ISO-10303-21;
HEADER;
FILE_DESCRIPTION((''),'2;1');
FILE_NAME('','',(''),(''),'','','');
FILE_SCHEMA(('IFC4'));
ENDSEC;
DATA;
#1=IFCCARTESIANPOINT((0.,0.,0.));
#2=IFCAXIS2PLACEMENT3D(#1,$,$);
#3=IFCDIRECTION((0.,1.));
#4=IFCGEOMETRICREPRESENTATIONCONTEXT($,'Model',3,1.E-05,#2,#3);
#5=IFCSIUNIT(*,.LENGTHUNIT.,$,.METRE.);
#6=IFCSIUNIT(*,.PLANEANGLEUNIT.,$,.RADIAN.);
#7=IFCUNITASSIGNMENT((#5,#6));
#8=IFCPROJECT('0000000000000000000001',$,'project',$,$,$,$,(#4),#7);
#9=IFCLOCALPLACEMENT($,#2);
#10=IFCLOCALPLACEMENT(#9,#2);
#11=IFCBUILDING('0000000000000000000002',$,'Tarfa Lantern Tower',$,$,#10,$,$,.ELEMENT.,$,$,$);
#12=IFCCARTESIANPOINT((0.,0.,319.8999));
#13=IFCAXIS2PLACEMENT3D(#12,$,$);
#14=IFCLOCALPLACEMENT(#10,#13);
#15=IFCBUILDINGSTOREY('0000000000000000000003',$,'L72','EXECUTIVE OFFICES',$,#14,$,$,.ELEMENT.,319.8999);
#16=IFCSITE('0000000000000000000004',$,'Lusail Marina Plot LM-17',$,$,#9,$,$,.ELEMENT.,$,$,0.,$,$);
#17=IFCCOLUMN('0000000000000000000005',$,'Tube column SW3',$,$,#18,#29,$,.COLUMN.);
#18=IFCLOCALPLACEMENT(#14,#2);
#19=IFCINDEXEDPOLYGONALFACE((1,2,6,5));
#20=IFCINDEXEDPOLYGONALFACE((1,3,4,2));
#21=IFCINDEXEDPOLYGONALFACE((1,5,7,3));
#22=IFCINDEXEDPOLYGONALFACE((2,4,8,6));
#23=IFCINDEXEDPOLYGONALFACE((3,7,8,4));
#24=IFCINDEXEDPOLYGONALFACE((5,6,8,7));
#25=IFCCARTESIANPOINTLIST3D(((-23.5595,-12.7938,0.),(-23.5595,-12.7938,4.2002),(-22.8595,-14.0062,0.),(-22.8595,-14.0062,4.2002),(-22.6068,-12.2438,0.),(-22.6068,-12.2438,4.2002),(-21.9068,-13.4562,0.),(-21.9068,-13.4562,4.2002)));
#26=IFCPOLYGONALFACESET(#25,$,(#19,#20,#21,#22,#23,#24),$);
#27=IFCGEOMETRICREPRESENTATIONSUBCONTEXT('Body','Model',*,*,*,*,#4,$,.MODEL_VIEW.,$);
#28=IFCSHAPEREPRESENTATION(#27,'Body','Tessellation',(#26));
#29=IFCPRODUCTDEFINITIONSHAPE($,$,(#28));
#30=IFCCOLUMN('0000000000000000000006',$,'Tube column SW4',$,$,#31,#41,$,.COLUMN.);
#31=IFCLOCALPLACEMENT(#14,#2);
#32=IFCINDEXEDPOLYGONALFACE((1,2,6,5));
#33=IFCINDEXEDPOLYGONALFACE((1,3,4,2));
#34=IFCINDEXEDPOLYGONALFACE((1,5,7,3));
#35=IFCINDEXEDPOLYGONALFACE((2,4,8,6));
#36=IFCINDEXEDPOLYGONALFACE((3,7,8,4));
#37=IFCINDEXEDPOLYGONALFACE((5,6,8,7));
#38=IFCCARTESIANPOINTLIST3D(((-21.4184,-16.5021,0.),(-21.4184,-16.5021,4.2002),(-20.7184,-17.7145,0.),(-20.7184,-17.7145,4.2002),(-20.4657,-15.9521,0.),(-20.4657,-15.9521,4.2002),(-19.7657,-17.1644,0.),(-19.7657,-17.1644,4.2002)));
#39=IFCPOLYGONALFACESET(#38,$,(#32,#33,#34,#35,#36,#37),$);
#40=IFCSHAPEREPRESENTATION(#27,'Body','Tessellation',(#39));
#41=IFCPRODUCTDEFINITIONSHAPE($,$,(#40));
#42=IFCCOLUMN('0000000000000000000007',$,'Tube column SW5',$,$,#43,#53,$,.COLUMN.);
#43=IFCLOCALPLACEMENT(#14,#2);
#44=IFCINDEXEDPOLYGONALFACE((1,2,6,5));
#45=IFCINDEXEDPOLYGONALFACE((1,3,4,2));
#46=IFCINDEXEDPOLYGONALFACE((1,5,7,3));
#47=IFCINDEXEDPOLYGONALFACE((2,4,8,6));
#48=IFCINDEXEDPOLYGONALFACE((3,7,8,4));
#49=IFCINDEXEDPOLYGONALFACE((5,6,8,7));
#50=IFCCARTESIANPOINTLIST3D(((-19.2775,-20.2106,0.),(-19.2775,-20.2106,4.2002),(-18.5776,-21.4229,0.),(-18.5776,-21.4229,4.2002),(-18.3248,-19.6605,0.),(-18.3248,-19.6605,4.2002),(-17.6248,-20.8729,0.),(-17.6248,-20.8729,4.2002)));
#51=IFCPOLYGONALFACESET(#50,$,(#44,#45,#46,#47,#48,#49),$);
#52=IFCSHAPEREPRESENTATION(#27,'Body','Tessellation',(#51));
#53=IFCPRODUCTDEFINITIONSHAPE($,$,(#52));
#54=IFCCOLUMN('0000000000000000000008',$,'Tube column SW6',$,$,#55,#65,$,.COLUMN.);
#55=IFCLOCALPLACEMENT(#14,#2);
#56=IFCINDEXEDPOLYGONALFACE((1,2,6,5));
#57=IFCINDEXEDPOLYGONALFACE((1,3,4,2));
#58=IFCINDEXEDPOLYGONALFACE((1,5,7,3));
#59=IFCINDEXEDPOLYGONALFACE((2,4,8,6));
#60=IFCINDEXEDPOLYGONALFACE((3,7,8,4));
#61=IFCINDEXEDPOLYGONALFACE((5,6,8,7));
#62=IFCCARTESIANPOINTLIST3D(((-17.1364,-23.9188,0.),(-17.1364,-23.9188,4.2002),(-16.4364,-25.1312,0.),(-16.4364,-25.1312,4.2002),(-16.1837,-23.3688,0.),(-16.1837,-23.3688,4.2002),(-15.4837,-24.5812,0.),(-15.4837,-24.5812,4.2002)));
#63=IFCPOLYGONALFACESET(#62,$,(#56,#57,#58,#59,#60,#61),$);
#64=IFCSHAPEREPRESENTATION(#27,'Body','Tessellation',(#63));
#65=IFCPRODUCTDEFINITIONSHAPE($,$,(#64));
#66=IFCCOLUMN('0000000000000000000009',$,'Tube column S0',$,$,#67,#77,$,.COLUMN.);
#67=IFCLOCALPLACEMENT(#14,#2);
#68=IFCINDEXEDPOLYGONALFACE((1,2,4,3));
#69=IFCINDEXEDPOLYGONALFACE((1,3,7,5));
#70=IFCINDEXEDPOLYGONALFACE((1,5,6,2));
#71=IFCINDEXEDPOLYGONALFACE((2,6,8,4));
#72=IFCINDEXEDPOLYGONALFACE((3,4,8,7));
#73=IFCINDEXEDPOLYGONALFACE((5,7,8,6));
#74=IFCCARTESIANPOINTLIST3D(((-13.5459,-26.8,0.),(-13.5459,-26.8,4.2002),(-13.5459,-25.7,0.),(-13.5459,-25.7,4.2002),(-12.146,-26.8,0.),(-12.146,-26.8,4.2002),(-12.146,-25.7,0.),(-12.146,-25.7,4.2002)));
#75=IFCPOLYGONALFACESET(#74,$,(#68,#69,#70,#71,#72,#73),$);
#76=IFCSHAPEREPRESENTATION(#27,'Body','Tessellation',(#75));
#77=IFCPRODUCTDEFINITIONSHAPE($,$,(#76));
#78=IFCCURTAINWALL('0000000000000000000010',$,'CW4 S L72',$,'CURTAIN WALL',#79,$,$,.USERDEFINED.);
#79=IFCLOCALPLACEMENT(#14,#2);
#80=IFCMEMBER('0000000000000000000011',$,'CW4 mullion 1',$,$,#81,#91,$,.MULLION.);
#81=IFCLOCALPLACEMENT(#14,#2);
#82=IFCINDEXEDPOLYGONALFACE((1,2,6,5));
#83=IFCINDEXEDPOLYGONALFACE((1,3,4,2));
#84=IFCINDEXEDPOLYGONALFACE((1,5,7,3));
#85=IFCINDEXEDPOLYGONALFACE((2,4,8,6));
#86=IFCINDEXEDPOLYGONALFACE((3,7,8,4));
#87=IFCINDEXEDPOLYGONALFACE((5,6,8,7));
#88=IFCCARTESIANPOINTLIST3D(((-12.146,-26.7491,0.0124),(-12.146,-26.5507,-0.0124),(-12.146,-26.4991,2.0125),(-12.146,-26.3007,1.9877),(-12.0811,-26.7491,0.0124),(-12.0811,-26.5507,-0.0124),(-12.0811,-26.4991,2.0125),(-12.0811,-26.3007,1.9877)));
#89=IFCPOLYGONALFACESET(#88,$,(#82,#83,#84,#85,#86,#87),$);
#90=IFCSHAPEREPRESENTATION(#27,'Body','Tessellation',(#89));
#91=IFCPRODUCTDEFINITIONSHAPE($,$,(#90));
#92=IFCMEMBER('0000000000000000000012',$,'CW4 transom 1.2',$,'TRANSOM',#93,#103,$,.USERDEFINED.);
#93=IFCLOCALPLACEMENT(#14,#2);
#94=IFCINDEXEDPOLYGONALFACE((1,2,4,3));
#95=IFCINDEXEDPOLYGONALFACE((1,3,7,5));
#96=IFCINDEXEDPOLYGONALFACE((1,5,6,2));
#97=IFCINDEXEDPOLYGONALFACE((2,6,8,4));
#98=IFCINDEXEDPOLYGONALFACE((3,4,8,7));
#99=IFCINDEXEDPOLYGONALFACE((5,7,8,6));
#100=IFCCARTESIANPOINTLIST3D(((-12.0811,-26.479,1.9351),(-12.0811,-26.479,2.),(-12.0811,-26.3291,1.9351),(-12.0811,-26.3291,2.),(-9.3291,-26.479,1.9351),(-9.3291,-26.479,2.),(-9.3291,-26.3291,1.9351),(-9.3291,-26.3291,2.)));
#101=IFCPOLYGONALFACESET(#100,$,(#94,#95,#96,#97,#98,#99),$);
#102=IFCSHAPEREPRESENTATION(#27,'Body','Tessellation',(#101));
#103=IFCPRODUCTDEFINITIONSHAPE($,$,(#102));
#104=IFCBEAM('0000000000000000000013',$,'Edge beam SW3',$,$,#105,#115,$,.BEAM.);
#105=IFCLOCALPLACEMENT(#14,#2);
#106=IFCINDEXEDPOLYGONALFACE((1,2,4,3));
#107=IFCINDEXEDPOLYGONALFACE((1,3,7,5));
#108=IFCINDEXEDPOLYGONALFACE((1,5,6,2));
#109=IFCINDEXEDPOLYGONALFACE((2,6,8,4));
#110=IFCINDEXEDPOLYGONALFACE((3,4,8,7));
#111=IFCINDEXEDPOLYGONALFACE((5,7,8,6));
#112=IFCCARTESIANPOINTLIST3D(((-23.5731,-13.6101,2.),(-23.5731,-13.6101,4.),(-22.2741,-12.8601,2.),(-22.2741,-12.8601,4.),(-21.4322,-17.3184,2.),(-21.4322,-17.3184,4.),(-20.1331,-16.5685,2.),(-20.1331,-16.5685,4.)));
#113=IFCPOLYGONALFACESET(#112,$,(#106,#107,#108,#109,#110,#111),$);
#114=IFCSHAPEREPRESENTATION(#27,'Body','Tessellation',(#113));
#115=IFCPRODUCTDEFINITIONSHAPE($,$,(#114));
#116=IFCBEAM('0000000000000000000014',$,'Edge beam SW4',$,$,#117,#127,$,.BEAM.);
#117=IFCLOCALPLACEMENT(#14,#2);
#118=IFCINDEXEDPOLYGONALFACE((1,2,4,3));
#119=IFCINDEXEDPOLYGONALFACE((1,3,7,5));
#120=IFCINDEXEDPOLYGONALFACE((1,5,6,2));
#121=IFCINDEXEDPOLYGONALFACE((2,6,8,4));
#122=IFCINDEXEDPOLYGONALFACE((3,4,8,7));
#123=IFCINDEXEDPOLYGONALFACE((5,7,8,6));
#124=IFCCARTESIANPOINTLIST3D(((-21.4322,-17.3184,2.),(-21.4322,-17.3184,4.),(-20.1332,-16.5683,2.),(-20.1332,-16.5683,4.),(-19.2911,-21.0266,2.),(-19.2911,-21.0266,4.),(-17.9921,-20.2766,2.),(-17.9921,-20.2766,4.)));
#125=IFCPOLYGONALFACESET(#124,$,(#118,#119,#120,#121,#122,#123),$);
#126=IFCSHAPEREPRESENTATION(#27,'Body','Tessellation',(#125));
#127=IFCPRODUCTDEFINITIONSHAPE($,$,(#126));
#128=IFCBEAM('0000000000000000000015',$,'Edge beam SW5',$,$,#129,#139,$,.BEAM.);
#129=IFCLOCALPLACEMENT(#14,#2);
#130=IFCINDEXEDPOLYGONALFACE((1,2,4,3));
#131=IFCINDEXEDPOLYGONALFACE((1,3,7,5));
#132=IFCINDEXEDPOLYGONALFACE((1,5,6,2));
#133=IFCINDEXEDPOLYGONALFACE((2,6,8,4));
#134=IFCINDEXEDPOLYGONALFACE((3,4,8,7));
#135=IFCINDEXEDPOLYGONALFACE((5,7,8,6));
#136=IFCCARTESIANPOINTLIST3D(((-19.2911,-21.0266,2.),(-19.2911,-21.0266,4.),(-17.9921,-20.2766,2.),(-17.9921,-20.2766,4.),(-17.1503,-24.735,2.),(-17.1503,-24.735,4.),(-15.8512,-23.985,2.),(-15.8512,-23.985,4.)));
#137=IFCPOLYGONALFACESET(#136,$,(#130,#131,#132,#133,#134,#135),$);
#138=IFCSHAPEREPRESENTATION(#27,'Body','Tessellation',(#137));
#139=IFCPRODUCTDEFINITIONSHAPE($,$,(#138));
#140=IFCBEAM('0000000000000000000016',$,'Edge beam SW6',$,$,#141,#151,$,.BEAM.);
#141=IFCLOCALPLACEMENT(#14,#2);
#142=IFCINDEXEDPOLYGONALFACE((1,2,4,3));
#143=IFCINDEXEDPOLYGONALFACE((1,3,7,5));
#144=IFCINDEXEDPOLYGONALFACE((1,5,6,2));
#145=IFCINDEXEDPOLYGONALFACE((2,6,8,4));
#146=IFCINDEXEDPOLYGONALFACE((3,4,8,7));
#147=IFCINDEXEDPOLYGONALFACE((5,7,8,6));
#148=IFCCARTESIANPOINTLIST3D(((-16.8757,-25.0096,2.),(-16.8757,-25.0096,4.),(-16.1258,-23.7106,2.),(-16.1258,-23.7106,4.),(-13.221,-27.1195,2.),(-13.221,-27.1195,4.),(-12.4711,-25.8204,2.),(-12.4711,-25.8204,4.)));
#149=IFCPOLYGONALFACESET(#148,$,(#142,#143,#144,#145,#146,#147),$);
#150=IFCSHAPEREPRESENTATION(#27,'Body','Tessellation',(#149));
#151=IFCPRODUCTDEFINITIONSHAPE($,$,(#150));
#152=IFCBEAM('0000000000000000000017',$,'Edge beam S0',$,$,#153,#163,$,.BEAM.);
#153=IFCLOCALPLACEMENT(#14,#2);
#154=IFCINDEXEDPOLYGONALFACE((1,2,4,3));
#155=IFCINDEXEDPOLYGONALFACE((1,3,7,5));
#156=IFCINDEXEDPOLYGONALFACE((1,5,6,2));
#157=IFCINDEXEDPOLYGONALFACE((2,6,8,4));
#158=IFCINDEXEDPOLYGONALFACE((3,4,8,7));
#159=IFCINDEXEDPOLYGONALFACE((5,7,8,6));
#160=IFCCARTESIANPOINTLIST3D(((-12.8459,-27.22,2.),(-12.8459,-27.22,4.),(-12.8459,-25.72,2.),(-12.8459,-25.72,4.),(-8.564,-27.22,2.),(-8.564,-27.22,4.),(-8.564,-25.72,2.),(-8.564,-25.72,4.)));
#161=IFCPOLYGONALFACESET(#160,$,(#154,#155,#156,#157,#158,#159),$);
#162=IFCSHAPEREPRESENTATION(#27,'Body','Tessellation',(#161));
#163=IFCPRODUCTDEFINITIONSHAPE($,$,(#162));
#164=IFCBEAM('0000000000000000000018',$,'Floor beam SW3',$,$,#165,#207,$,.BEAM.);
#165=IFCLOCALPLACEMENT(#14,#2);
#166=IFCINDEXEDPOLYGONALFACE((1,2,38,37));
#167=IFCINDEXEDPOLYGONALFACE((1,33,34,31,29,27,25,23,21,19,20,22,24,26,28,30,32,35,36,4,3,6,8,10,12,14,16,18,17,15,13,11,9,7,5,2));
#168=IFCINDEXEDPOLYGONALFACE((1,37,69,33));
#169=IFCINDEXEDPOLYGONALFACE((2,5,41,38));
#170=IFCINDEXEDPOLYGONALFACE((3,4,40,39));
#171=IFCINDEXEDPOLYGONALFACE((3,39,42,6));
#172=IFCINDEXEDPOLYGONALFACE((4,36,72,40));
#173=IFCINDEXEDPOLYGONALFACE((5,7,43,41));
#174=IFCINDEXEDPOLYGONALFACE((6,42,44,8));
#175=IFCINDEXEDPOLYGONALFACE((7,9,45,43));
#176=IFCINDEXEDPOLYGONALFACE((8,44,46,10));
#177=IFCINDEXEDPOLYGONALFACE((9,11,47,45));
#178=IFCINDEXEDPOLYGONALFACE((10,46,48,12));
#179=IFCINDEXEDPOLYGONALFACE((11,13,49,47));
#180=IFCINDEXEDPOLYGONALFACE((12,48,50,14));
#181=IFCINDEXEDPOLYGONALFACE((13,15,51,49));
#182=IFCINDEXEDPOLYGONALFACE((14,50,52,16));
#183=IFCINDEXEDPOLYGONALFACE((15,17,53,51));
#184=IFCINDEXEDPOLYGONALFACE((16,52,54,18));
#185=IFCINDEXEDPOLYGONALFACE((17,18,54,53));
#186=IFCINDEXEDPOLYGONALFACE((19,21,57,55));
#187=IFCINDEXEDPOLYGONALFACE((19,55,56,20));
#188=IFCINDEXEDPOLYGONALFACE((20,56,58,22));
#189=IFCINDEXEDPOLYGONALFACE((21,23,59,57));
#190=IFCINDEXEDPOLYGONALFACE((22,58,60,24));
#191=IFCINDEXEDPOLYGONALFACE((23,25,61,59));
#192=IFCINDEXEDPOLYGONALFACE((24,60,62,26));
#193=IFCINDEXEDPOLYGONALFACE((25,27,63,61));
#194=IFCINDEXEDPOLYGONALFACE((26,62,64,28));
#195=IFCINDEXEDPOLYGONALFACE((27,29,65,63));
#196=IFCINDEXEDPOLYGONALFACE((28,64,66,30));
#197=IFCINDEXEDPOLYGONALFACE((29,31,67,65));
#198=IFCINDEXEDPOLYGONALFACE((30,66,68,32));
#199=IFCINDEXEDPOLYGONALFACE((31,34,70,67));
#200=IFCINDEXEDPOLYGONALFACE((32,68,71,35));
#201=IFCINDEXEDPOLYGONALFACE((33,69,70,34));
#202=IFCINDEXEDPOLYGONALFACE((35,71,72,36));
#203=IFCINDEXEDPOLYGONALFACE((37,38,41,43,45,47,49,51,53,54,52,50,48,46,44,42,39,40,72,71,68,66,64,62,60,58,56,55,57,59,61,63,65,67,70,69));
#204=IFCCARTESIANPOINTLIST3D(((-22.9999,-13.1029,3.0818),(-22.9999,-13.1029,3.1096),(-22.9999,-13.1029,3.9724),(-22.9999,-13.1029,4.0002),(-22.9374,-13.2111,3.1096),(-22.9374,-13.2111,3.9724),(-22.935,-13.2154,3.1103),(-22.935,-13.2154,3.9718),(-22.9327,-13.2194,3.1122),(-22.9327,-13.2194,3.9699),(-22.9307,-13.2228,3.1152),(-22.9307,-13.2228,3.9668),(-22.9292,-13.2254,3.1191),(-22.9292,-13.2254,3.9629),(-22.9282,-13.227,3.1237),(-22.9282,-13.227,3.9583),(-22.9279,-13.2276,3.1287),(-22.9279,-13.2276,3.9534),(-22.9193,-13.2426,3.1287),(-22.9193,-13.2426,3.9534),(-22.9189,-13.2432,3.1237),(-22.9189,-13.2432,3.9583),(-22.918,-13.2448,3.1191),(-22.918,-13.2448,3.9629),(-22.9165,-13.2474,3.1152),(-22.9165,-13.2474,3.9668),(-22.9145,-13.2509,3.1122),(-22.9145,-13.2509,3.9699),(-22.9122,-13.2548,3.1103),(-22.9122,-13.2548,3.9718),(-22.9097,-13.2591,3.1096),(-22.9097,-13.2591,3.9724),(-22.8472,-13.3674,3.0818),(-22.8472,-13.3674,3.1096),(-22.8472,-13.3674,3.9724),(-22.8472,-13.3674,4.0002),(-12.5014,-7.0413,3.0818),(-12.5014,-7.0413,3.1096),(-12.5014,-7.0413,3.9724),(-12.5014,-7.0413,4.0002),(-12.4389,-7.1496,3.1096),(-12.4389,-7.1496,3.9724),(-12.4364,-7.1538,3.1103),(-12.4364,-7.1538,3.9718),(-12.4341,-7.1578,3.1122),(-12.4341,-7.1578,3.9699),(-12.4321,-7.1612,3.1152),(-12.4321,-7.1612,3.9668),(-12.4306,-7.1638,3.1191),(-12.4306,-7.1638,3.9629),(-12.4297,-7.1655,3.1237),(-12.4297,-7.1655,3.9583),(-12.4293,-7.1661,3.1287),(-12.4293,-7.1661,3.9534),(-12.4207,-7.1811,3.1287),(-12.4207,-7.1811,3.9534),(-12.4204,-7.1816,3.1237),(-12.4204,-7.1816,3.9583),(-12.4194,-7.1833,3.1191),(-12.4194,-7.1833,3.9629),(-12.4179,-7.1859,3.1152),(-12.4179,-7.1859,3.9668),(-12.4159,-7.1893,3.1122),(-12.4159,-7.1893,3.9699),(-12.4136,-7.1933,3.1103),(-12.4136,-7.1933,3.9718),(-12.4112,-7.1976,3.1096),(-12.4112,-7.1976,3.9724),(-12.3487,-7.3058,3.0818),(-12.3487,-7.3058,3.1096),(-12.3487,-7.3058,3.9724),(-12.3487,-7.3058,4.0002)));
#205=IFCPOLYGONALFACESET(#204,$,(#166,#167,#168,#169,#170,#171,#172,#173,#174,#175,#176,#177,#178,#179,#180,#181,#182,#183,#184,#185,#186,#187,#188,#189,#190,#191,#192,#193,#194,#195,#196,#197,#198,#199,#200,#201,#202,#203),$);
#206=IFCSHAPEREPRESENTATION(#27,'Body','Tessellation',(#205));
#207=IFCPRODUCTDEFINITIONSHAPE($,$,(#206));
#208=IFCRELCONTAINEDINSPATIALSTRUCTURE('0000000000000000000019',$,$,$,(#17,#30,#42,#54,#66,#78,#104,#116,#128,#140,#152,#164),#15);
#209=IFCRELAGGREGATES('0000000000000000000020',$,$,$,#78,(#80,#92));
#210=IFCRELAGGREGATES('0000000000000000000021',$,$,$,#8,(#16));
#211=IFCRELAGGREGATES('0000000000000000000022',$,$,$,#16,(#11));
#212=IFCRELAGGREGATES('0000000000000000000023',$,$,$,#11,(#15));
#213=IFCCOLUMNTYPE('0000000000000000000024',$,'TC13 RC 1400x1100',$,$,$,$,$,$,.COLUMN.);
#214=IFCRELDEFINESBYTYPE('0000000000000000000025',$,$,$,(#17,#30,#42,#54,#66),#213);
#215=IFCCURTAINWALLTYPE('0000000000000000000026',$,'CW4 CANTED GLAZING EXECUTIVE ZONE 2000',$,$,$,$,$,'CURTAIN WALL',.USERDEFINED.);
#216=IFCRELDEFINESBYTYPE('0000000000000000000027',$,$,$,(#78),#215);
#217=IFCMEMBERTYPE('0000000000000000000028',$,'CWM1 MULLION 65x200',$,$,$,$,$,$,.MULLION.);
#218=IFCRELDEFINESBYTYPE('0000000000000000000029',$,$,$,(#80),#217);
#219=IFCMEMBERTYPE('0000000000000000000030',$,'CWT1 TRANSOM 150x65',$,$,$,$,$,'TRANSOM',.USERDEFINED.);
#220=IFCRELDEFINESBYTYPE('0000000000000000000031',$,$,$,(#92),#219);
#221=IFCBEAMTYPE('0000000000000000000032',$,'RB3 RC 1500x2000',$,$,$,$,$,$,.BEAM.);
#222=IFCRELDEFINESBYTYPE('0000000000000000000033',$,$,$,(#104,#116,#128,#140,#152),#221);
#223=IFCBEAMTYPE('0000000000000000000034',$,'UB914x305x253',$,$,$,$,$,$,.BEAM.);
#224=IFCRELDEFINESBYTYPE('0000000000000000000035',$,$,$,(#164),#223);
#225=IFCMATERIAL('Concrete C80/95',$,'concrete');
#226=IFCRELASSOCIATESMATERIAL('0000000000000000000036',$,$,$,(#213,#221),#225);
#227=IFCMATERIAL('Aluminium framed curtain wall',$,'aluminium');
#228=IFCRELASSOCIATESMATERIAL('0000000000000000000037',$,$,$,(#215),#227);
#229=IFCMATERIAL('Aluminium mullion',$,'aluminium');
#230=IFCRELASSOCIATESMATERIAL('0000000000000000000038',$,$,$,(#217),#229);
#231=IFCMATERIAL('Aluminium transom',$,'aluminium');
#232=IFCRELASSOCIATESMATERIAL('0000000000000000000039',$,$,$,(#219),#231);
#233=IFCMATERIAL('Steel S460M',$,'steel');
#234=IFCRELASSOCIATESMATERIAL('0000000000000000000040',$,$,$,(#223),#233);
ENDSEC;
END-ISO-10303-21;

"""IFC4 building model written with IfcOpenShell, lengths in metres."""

from ifc_helpers import new_model, si_unit, direction, frame, origin, origin_2d, place, context, subcontext, project, spatial, rectangle, i_section, extrude, material, material_profile, profile_set, type_object, element, aggregate, save


model = new_model("IFC4")

# Units and contexts
model_context = context("Model", 3, precision=1e-05, world=origin(), true_north=direction((0.0, 1.0)))
body_context = subcontext(model_context, "Body", "Model", "MODEL_VIEW")
ifc_project = project(units=[si_unit("LENGTHUNIT", "METRE"), si_unit("PLANEANGLEUNIT", "RADIAN")], contexts=[model_context])

# Site, building, storey
site_placement = place(None, origin())
site = spatial("IfcSite", under=ifc_project, at=site_placement, Name="Lusail Marina Plot LM-17", CompositionType="ELEMENT", RefElevation=0.0)
building_placement = place(site_placement, origin())
building = spatial("IfcBuilding", under=site, at=building_placement, Name="Tarfa Lantern Tower", CompositionType="ELEMENT")
storey_placement = place(building_placement, frame((0.0, 0.0, 319.8999)))
storey = spatial("IfcBuildingStorey", under=building, at=storey_placement, Name="L72", Description="EXECUTIVE OFFICES", CompositionType="ELEMENT", Elevation=319.8999)

# Columns
ifc_material_1 = material(Name="Concrete C80/95", Category="concrete")
ifc_material_profile_1 = material_profile(ifc_material_1, rectangle(XDim=1.3999, YDim=1.1001, at=origin_2d()), Name="RC 1400x1100")
ifc_profile_set_1 = profile_set([ifc_material_profile_1], Name="Concrete C80/95")
column_type = type_object("IfcColumnType", Name="TC13 RC 1400x1100", PredefinedType="COLUMN", material=ifc_profile_set_1)
for number, where, z_axis, x_axis, name in (
    (1, (-22.7332, -13.125, 0.0), (0.0, 0.0, 1.0), (0.5, -0.866025, 0.0), "Tube column SW3"),
    (2, (-20.592, -16.8333, 0.0), (0.0, 0.0, 1.0), (0.5, -0.866025, 0.0), "Tube column SW4"),
    (3, (-18.4512, -20.5417, 0.0), (0.0, 0.0, 1.0), (0.5, -0.866025, 0.0), "Tube column SW5"),
    (4, (-16.3101, -24.25, 0.0), (0.0, 0.0, 1.0), (0.5, -0.866025, 0.0), "Tube column SW6"),
    (5, (-12.8459, -26.25, 0.0), (0.0, 0.0, 1.0), (1.0, 0.0, 0.0), "Tube column S0"),
):
    element("IfcColumn", number, at=place(storey_placement, frame(where, z_axis=z_axis, x_axis=x_axis)), inside=storey, type_object=column_type, Name=name, PredefinedType="COLUMN", context=body_context, shape_type="SweptSolid", body=[
        extrude(rectangle(XDim=1.3999, YDim=1.1001, at=origin_2d()), origin(), (0.0, 0.0, 1.0), 4.2002),
    ])

# Curtain wall, members
ifc_material_2 = material(Name="Aluminium framed curtain wall", Category="aluminium")
curtain_wall_type = type_object("IfcCurtainWallType", Name="CW4 CANTED GLAZING EXECUTIVE ZONE 2000", ElementType="CURTAIN WALL", PredefinedType="USERDEFINED", material=ifc_material_2)
curtain_wall_placement = place(storey_placement, origin())
curtain_wall = element("IfcCurtainWall", 6, at=curtain_wall_placement, inside=storey, type_object=curtain_wall_type, Name="CW4 S L72", ObjectType="CURTAIN WALL", PredefinedType="USERDEFINED")
ifc_material_3 = material(Name="Aluminium mullion", Category="aluminium")
ifc_material_profile_2 = material_profile(ifc_material_3, rectangle(XDim=0.0649, YDim=0.2, at=origin_2d()), Name="AL MULLION 65x200")
ifc_profile_set_2 = profile_set([ifc_material_profile_2], Name="Aluminium mullion")
member_type_1 = type_object("IfcMemberType", Name="CWM1 MULLION 65x200", PredefinedType="MULLION", material=ifc_profile_set_2)
member_1_placement = place(storey_placement, frame((-12.1135, -26.6499, 0.0), z_axis=(0.0, 0.124035, 0.992278), x_axis=(-1.0, 0.0, 0.0)))
member_1 = element("IfcMember", 7, at=member_1_placement, type_object=member_type_1, Name="CW4 mullion 1", PredefinedType="MULLION", context=body_context, shape_type="SweptSolid", body=[
    extrude(rectangle(XDim=0.0649, YDim=0.2, at=origin_2d()), origin(), (0.0, 0.0, 1.0), 2.0156),
])
ifc_material_4 = material(Name="Aluminium transom", Category="aluminium")
ifc_material_profile_3 = material_profile(ifc_material_4, rectangle(XDim=0.1499, YDim=0.0649, at=origin_2d()), Name="AL TRANSOM 150x65")
ifc_profile_set_3 = profile_set([ifc_material_profile_3], Name="Aluminium transom")
member_type_2 = type_object("IfcMemberType", Name="CWT1 TRANSOM 150x65", ElementType="TRANSOM", PredefinedType="USERDEFINED", material=ifc_profile_set_3)
member_2_placement = place(storey_placement, frame((-12.0811, -26.4041, 1.9675), z_axis=(1.0, 0.0, 0.0), x_axis=(0.0, 1.0, 0.0)))
member_2 = element("IfcMember", 8, at=member_2_placement, type_object=member_type_2, Name="CW4 transom 1.2", ObjectType="TRANSOM", PredefinedType="USERDEFINED", context=body_context, shape_type="SweptSolid", body=[
    extrude(rectangle(XDim=0.1499, YDim=0.0649, at=origin_2d()), origin(), (0.0, 0.0, 1.0), 2.752),
])

# Beams
ifc_material_profile_4 = material_profile(ifc_material_1, rectangle(XDim=1.5, YDim=2.0, at=origin_2d()), Name="RC 1500x2000")
ifc_profile_set_4 = profile_set([ifc_material_profile_4], Name="Concrete C80/95")
beam_type_1 = type_object("IfcBeamType", Name="RB3 RC 1500x2000", PredefinedType="BEAM", material=ifc_profile_set_4)
for number, where, z_axis, x_axis, name in (
    (9, (-22.9236, -13.2351, 3.0), (0.499984, -0.866035, 0.0), (0.866035, 0.499984, 0.0), "Edge beam SW3"),
    (10, (-20.7827, -16.9434, 3.0), (0.500027, -0.86601, 0.0), (0.86601, 0.500027, 0.0), "Edge beam SW4"),
    (11, (-18.6416, -20.6516, 3.0), (0.499959, -0.866049, 0.0), (0.866049, 0.499959, 0.0), "Edge beam SW5"),
):
    element("IfcBeam", number, at=place(storey_placement, frame(where, z_axis=z_axis, x_axis=x_axis)), inside=storey, type_object=beam_type_1, Name=name, PredefinedType="BEAM", context=body_context, shape_type="SweptSolid", body=[
        extrude(rectangle(XDim=1.5, YDim=2.0, at=origin_2d()), origin(), (0.0, 0.0, 1.0), 4.282),
    ])
beam_1_placement = place(storey_placement, frame((-16.5007, -24.3601, 3.0), z_axis=(0.866049, -0.499959, 0.0), x_axis=(0.499959, 0.866049, 0.0)))
element("IfcBeam", 12, at=beam_1_placement, inside=storey, type_object=beam_type_1, Name="Edge beam SW6", PredefinedType="BEAM", context=body_context, shape_type="SweptSolid", body=[
    extrude(rectangle(XDim=1.5, YDim=2.0, at=origin_2d()), origin(), (0.0, 0.0, 1.0), 4.22),
])
beam_2_placement = place(storey_placement, frame((-12.8459, -26.47, 3.0), z_axis=(1.0, 0.0, 0.0), x_axis=(0.0, 1.0, 0.0)))
element("IfcBeam", 13, at=beam_2_placement, inside=storey, type_object=beam_type_1, Name="Edge beam S0", PredefinedType="BEAM", context=body_context, shape_type="SweptSolid", body=[
    extrude(rectangle(XDim=1.5, YDim=2.0, at=origin_2d()), origin(), (0.0, 0.0, 1.0), 4.282),
])
ifc_material_5 = material(Name="Steel S460M", Category="steel")
ifc_material_profile_5 = material_profile(ifc_material_5, i_section(OverallWidth=0.3054, OverallDepth=0.9185, WebThickness=0.0173, FlangeThickness=0.0278, FilletRadius=0.019, at=origin_2d()), Name="UB914x305x253")
ifc_profile_set_5 = profile_set([ifc_material_profile_5], Name="Steel S460M")
beam_type_2 = type_object("IfcBeamType", Name="UB914x305x253", PredefinedType="BEAM", material=ifc_profile_set_5)
beam_3_placement = place(storey_placement, frame((-22.9236, -13.2351, 3.541), z_axis=(0.866019, 0.500012, 0.0), x_axis=(-0.500012, 0.866019, 0.0)))
element("IfcBeam", 14, at=beam_3_placement, inside=storey, type_object=beam_type_2, Name="Floor beam SW3", PredefinedType="BEAM", context=body_context, shape_type="SweptSolid", body=[
    extrude(i_section(OverallWidth=0.3054, OverallDepth=0.9185, WebThickness=0.0173, FlangeThickness=0.0278, FilletRadius=0.019, at=origin_2d()), origin(), (0.0, 0.0, 1.0), 12.1228),
])

aggregate(curtain_wall, [member_1, member_2])

save(model, "model.ifc")
